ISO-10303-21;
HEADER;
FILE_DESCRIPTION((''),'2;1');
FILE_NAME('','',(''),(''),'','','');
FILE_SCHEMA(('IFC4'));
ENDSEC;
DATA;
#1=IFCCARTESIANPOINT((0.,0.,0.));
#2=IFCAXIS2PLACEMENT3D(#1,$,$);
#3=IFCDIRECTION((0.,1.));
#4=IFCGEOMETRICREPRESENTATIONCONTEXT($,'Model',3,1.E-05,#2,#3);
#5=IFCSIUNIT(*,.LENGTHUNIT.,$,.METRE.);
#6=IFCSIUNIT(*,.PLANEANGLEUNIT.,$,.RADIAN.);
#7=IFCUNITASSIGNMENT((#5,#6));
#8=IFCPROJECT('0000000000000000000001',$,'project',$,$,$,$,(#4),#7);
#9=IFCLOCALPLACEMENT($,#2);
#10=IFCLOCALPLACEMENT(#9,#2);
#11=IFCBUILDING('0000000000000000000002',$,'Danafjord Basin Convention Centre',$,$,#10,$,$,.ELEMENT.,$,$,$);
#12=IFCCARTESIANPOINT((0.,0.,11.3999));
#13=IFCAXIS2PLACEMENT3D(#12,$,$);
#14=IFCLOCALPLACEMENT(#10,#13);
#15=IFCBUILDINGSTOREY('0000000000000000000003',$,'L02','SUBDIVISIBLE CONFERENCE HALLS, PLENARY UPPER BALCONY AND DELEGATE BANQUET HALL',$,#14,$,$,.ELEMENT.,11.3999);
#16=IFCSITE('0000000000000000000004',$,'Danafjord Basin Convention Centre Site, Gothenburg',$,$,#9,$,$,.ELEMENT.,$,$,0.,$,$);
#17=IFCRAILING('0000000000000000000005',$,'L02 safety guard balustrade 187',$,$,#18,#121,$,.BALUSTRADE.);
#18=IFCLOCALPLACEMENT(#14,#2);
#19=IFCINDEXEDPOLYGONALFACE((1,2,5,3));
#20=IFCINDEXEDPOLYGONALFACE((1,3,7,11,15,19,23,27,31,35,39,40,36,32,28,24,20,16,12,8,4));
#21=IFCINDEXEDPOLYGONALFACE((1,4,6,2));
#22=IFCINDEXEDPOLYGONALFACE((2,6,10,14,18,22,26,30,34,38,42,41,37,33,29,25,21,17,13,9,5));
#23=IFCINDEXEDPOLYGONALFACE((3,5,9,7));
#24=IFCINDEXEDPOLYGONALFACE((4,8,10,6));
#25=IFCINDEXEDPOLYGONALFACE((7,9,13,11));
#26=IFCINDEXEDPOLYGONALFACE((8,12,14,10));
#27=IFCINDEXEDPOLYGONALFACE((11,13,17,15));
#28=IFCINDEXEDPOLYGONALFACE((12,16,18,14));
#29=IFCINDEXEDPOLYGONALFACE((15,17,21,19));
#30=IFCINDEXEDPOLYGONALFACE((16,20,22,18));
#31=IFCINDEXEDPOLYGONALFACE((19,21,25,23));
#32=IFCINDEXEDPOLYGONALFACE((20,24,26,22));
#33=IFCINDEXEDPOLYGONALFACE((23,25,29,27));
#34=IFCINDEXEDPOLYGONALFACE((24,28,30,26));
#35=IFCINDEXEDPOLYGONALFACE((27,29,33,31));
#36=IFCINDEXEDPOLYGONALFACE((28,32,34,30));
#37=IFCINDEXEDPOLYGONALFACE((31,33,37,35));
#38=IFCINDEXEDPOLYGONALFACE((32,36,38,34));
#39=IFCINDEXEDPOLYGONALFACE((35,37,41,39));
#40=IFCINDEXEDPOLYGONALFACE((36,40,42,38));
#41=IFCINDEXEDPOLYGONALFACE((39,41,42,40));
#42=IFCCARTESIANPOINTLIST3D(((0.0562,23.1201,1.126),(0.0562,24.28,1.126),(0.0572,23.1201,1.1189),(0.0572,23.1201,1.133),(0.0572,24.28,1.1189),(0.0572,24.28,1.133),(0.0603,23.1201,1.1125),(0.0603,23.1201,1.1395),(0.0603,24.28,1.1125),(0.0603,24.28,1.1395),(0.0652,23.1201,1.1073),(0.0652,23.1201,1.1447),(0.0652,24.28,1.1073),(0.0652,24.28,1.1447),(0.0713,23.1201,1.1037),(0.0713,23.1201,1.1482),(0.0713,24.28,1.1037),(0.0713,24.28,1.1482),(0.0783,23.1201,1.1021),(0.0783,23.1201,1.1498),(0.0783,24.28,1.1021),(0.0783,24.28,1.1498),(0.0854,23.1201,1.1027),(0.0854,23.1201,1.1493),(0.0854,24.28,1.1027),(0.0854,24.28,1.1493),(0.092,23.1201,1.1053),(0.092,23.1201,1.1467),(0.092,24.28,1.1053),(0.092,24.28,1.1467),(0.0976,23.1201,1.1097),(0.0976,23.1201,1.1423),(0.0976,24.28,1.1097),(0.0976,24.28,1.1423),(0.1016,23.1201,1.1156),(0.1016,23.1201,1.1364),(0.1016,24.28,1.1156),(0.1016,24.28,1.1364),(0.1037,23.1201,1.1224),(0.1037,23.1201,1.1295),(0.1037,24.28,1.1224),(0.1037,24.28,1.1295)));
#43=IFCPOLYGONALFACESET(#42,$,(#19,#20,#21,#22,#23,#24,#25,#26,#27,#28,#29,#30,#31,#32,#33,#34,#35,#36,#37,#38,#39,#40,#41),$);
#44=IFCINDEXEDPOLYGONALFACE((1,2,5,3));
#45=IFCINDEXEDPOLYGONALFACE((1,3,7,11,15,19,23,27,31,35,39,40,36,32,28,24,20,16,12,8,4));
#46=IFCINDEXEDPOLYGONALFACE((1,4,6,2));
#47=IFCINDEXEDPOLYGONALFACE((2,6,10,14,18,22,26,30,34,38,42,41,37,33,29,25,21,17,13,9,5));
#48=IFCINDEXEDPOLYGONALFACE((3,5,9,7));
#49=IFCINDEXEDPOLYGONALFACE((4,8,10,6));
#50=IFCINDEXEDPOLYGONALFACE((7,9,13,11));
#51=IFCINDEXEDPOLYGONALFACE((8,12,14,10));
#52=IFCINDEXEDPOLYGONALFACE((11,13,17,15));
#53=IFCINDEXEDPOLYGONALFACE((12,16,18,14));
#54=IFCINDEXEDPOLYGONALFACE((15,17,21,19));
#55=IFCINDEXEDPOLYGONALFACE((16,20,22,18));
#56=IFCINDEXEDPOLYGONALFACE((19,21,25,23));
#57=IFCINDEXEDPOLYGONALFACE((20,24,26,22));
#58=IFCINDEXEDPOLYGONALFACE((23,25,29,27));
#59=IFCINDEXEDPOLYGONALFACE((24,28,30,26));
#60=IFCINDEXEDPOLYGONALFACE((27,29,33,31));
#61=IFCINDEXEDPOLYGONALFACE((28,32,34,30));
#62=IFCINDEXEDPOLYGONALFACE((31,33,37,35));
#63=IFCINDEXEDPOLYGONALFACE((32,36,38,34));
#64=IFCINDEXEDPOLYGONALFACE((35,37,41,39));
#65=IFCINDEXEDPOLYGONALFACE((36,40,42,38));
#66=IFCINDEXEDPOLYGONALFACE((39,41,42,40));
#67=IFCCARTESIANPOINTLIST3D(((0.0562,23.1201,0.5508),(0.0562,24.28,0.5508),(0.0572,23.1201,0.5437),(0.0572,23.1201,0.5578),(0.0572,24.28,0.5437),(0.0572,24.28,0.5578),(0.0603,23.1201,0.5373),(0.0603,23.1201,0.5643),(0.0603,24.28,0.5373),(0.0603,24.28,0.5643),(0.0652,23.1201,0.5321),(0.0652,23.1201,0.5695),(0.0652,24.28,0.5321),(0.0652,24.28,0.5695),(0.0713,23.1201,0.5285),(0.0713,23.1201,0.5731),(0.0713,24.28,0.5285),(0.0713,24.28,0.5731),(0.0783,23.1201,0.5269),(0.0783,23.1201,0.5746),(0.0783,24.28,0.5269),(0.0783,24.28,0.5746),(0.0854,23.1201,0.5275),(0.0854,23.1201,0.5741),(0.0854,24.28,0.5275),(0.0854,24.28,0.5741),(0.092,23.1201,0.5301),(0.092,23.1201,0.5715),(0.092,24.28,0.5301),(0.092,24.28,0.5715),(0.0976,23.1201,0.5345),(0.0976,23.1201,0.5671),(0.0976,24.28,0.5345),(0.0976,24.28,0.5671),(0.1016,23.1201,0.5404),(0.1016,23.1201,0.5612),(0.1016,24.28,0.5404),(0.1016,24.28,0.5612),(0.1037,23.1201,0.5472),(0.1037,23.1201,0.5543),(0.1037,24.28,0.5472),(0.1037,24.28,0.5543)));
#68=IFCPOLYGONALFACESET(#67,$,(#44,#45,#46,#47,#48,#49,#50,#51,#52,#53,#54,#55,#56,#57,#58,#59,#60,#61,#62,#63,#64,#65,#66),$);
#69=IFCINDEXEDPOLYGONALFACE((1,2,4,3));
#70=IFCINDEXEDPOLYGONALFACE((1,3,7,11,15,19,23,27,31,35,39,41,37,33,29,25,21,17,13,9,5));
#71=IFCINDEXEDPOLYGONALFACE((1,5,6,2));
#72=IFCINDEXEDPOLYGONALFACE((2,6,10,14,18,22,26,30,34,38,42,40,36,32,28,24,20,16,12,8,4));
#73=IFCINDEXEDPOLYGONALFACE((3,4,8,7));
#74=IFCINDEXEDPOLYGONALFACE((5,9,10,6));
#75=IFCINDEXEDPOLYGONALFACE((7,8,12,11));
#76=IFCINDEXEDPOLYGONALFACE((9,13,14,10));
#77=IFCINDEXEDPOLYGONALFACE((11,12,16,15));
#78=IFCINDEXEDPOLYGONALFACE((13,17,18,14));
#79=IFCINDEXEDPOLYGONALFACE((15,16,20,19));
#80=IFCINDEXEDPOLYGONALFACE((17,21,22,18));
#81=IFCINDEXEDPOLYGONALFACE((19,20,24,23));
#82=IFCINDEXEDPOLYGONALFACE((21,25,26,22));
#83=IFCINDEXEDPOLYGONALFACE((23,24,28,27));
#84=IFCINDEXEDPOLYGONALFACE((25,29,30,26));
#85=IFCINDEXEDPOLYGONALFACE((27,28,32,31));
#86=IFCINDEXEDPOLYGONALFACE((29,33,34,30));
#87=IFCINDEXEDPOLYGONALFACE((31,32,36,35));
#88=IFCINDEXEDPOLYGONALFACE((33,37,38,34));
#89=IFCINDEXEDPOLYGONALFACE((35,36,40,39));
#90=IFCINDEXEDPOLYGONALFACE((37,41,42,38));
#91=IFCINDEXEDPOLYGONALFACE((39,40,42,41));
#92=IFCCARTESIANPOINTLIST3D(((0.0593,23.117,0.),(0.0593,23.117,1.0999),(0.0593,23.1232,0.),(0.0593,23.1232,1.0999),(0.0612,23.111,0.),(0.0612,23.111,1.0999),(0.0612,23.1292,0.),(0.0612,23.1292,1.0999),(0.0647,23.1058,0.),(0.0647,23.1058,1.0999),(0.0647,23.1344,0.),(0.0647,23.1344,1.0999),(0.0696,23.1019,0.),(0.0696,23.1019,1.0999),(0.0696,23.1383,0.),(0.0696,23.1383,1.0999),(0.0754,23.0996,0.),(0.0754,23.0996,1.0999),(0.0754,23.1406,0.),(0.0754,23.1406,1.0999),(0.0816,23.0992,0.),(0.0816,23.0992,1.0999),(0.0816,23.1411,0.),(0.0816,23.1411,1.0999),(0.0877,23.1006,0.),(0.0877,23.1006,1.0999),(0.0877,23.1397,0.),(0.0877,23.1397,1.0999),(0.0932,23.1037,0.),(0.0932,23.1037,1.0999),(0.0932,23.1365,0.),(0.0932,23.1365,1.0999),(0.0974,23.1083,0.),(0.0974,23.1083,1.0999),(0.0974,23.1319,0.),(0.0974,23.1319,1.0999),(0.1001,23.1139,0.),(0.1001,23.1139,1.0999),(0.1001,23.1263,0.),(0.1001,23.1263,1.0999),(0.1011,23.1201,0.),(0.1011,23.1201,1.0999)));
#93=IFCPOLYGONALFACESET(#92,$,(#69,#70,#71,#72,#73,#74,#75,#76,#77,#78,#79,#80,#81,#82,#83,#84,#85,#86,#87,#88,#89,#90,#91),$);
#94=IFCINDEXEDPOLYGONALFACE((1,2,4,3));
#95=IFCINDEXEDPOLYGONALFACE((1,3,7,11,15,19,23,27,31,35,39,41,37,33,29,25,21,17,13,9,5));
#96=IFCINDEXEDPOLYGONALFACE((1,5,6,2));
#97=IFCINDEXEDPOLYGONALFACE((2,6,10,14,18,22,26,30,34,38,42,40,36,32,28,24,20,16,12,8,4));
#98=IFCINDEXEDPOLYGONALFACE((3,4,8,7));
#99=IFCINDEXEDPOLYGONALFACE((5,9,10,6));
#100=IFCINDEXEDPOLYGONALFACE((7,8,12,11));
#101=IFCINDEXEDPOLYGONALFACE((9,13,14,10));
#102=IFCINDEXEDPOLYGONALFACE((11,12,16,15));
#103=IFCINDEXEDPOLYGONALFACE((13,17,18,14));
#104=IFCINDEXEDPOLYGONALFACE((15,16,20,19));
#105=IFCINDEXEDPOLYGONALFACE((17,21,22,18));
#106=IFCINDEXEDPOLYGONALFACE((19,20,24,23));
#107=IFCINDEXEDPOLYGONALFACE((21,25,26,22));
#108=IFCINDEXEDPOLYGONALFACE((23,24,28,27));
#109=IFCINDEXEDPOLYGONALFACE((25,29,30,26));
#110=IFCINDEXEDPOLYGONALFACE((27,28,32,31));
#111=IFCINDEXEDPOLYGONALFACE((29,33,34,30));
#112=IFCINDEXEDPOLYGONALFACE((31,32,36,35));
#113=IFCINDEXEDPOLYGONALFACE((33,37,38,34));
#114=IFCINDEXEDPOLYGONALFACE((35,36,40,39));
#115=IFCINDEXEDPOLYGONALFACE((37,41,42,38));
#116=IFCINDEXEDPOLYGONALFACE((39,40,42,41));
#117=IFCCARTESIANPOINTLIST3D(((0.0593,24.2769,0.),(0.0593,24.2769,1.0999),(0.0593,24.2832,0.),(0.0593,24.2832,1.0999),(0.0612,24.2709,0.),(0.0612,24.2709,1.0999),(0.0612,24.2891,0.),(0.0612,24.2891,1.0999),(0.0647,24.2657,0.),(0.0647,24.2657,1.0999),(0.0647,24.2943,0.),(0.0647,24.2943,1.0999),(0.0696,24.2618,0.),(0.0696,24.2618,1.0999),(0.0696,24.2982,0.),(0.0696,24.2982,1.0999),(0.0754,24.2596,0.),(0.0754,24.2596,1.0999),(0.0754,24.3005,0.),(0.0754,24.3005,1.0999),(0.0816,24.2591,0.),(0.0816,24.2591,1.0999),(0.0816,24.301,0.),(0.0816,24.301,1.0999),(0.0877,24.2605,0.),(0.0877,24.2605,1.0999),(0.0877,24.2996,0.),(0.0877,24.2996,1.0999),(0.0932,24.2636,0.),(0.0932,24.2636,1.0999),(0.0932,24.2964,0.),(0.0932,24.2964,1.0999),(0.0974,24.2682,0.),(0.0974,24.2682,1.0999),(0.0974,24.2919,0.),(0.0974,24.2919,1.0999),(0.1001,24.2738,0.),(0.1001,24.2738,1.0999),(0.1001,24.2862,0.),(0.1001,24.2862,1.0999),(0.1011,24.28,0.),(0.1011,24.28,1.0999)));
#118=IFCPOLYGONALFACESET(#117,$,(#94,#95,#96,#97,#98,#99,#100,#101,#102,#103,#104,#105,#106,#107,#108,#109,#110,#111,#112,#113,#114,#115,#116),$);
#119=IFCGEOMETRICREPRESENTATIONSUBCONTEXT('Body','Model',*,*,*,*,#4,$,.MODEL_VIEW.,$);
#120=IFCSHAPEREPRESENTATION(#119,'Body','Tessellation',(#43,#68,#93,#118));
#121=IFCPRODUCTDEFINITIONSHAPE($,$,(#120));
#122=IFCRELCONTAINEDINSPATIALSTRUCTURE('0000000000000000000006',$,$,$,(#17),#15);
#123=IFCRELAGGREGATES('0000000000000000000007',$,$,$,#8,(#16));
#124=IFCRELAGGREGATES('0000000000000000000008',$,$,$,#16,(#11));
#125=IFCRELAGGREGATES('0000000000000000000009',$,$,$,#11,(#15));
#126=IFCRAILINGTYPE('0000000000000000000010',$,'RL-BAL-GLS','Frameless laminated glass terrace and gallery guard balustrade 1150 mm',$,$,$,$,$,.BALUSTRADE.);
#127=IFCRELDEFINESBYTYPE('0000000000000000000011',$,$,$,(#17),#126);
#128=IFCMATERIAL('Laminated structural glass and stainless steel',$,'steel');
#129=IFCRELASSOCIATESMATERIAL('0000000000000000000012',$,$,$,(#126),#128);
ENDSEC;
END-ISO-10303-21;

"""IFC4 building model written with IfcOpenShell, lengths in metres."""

from ifc_helpers import new_model, si_unit, direction, frame, origin, origin_2d, place, context, subcontext, project, spatial, circle, extrude, material, type_object, element, save


model = new_model("IFC4")

# Units and contexts
model_context = context("Model", 3, precision=1e-05, world=origin(), true_north=direction((0.0, 1.0)))
body_context = subcontext(model_context, "Body", "Model", "MODEL_VIEW")
ifc_project = project(units=[si_unit("LENGTHUNIT", "METRE"), si_unit("PLANEANGLEUNIT", "RADIAN")], contexts=[model_context])

# Site, building, storey
site_placement = place(None, origin())
site = spatial("IfcSite", under=ifc_project, at=site_placement, Name="Danafjord Basin Convention Centre Site, Gothenburg", CompositionType="ELEMENT", RefElevation=0.0)
building_placement = place(site_placement, origin())
building = spatial("IfcBuilding", under=site, at=building_placement, Name="Danafjord Basin Convention Centre", CompositionType="ELEMENT")
storey_placement = place(building_placement, frame((0.0, 0.0, 11.3999)))
storey = spatial("IfcBuildingStorey", under=building, at=storey_placement, Name="L02", Description="SUBDIVISIBLE CONFERENCE HALLS, PLENARY UPPER BALCONY AND DELEGATE BANQUET HALL", CompositionType="ELEMENT", Elevation=11.3999)

# Railing
ifc_material_1 = material(Name="Laminated structural glass and stainless steel", Category="steel")
railing_type = type_object("IfcRailingType", Name="RL-BAL-GLS", Description="Frameless laminated glass terrace and gallery guard balustrade 1150 mm", PredefinedType="BALUSTRADE", material=ifc_material_1)
for number, where, name in (
    (1, (0.0801, 23.1201, 0.0), "L02 safety guard balustrade 187"),
):
    element("IfcRailing", number, at=place(storey_placement, frame(where)), inside=storey, type_object=railing_type, Name=name, PredefinedType="BALUSTRADE", context=body_context, shape_type="SweptSolid", body=[
        extrude(circle(Radius=0.0239, at=origin_2d()), frame((0.0, 0.0, 1.126), z_axis=(0.0, 1.0, 0.0), x_axis=(-1.0, 0.0, 0.0)), (0.0, 0.0, 1.0), 1.1599),
        extrude(circle(Radius=0.0239, at=origin_2d()), frame((0.0, 0.0, 0.5508), z_axis=(0.0, 1.0, 0.0), x_axis=(-1.0, 0.0, 0.0)), (0.0, 0.0, 1.0), 1.1599),
        extrude(circle(Radius=0.021, at=origin_2d()), origin(), (0.0, 0.0, 1.0), 1.0999),
        extrude(circle(Radius=0.021, at=origin_2d()), frame((0.0, 1.1599, 0.0)), (0.0, 0.0, 1.0), 1.0999),
    ])

save(model, "model.ifc")
